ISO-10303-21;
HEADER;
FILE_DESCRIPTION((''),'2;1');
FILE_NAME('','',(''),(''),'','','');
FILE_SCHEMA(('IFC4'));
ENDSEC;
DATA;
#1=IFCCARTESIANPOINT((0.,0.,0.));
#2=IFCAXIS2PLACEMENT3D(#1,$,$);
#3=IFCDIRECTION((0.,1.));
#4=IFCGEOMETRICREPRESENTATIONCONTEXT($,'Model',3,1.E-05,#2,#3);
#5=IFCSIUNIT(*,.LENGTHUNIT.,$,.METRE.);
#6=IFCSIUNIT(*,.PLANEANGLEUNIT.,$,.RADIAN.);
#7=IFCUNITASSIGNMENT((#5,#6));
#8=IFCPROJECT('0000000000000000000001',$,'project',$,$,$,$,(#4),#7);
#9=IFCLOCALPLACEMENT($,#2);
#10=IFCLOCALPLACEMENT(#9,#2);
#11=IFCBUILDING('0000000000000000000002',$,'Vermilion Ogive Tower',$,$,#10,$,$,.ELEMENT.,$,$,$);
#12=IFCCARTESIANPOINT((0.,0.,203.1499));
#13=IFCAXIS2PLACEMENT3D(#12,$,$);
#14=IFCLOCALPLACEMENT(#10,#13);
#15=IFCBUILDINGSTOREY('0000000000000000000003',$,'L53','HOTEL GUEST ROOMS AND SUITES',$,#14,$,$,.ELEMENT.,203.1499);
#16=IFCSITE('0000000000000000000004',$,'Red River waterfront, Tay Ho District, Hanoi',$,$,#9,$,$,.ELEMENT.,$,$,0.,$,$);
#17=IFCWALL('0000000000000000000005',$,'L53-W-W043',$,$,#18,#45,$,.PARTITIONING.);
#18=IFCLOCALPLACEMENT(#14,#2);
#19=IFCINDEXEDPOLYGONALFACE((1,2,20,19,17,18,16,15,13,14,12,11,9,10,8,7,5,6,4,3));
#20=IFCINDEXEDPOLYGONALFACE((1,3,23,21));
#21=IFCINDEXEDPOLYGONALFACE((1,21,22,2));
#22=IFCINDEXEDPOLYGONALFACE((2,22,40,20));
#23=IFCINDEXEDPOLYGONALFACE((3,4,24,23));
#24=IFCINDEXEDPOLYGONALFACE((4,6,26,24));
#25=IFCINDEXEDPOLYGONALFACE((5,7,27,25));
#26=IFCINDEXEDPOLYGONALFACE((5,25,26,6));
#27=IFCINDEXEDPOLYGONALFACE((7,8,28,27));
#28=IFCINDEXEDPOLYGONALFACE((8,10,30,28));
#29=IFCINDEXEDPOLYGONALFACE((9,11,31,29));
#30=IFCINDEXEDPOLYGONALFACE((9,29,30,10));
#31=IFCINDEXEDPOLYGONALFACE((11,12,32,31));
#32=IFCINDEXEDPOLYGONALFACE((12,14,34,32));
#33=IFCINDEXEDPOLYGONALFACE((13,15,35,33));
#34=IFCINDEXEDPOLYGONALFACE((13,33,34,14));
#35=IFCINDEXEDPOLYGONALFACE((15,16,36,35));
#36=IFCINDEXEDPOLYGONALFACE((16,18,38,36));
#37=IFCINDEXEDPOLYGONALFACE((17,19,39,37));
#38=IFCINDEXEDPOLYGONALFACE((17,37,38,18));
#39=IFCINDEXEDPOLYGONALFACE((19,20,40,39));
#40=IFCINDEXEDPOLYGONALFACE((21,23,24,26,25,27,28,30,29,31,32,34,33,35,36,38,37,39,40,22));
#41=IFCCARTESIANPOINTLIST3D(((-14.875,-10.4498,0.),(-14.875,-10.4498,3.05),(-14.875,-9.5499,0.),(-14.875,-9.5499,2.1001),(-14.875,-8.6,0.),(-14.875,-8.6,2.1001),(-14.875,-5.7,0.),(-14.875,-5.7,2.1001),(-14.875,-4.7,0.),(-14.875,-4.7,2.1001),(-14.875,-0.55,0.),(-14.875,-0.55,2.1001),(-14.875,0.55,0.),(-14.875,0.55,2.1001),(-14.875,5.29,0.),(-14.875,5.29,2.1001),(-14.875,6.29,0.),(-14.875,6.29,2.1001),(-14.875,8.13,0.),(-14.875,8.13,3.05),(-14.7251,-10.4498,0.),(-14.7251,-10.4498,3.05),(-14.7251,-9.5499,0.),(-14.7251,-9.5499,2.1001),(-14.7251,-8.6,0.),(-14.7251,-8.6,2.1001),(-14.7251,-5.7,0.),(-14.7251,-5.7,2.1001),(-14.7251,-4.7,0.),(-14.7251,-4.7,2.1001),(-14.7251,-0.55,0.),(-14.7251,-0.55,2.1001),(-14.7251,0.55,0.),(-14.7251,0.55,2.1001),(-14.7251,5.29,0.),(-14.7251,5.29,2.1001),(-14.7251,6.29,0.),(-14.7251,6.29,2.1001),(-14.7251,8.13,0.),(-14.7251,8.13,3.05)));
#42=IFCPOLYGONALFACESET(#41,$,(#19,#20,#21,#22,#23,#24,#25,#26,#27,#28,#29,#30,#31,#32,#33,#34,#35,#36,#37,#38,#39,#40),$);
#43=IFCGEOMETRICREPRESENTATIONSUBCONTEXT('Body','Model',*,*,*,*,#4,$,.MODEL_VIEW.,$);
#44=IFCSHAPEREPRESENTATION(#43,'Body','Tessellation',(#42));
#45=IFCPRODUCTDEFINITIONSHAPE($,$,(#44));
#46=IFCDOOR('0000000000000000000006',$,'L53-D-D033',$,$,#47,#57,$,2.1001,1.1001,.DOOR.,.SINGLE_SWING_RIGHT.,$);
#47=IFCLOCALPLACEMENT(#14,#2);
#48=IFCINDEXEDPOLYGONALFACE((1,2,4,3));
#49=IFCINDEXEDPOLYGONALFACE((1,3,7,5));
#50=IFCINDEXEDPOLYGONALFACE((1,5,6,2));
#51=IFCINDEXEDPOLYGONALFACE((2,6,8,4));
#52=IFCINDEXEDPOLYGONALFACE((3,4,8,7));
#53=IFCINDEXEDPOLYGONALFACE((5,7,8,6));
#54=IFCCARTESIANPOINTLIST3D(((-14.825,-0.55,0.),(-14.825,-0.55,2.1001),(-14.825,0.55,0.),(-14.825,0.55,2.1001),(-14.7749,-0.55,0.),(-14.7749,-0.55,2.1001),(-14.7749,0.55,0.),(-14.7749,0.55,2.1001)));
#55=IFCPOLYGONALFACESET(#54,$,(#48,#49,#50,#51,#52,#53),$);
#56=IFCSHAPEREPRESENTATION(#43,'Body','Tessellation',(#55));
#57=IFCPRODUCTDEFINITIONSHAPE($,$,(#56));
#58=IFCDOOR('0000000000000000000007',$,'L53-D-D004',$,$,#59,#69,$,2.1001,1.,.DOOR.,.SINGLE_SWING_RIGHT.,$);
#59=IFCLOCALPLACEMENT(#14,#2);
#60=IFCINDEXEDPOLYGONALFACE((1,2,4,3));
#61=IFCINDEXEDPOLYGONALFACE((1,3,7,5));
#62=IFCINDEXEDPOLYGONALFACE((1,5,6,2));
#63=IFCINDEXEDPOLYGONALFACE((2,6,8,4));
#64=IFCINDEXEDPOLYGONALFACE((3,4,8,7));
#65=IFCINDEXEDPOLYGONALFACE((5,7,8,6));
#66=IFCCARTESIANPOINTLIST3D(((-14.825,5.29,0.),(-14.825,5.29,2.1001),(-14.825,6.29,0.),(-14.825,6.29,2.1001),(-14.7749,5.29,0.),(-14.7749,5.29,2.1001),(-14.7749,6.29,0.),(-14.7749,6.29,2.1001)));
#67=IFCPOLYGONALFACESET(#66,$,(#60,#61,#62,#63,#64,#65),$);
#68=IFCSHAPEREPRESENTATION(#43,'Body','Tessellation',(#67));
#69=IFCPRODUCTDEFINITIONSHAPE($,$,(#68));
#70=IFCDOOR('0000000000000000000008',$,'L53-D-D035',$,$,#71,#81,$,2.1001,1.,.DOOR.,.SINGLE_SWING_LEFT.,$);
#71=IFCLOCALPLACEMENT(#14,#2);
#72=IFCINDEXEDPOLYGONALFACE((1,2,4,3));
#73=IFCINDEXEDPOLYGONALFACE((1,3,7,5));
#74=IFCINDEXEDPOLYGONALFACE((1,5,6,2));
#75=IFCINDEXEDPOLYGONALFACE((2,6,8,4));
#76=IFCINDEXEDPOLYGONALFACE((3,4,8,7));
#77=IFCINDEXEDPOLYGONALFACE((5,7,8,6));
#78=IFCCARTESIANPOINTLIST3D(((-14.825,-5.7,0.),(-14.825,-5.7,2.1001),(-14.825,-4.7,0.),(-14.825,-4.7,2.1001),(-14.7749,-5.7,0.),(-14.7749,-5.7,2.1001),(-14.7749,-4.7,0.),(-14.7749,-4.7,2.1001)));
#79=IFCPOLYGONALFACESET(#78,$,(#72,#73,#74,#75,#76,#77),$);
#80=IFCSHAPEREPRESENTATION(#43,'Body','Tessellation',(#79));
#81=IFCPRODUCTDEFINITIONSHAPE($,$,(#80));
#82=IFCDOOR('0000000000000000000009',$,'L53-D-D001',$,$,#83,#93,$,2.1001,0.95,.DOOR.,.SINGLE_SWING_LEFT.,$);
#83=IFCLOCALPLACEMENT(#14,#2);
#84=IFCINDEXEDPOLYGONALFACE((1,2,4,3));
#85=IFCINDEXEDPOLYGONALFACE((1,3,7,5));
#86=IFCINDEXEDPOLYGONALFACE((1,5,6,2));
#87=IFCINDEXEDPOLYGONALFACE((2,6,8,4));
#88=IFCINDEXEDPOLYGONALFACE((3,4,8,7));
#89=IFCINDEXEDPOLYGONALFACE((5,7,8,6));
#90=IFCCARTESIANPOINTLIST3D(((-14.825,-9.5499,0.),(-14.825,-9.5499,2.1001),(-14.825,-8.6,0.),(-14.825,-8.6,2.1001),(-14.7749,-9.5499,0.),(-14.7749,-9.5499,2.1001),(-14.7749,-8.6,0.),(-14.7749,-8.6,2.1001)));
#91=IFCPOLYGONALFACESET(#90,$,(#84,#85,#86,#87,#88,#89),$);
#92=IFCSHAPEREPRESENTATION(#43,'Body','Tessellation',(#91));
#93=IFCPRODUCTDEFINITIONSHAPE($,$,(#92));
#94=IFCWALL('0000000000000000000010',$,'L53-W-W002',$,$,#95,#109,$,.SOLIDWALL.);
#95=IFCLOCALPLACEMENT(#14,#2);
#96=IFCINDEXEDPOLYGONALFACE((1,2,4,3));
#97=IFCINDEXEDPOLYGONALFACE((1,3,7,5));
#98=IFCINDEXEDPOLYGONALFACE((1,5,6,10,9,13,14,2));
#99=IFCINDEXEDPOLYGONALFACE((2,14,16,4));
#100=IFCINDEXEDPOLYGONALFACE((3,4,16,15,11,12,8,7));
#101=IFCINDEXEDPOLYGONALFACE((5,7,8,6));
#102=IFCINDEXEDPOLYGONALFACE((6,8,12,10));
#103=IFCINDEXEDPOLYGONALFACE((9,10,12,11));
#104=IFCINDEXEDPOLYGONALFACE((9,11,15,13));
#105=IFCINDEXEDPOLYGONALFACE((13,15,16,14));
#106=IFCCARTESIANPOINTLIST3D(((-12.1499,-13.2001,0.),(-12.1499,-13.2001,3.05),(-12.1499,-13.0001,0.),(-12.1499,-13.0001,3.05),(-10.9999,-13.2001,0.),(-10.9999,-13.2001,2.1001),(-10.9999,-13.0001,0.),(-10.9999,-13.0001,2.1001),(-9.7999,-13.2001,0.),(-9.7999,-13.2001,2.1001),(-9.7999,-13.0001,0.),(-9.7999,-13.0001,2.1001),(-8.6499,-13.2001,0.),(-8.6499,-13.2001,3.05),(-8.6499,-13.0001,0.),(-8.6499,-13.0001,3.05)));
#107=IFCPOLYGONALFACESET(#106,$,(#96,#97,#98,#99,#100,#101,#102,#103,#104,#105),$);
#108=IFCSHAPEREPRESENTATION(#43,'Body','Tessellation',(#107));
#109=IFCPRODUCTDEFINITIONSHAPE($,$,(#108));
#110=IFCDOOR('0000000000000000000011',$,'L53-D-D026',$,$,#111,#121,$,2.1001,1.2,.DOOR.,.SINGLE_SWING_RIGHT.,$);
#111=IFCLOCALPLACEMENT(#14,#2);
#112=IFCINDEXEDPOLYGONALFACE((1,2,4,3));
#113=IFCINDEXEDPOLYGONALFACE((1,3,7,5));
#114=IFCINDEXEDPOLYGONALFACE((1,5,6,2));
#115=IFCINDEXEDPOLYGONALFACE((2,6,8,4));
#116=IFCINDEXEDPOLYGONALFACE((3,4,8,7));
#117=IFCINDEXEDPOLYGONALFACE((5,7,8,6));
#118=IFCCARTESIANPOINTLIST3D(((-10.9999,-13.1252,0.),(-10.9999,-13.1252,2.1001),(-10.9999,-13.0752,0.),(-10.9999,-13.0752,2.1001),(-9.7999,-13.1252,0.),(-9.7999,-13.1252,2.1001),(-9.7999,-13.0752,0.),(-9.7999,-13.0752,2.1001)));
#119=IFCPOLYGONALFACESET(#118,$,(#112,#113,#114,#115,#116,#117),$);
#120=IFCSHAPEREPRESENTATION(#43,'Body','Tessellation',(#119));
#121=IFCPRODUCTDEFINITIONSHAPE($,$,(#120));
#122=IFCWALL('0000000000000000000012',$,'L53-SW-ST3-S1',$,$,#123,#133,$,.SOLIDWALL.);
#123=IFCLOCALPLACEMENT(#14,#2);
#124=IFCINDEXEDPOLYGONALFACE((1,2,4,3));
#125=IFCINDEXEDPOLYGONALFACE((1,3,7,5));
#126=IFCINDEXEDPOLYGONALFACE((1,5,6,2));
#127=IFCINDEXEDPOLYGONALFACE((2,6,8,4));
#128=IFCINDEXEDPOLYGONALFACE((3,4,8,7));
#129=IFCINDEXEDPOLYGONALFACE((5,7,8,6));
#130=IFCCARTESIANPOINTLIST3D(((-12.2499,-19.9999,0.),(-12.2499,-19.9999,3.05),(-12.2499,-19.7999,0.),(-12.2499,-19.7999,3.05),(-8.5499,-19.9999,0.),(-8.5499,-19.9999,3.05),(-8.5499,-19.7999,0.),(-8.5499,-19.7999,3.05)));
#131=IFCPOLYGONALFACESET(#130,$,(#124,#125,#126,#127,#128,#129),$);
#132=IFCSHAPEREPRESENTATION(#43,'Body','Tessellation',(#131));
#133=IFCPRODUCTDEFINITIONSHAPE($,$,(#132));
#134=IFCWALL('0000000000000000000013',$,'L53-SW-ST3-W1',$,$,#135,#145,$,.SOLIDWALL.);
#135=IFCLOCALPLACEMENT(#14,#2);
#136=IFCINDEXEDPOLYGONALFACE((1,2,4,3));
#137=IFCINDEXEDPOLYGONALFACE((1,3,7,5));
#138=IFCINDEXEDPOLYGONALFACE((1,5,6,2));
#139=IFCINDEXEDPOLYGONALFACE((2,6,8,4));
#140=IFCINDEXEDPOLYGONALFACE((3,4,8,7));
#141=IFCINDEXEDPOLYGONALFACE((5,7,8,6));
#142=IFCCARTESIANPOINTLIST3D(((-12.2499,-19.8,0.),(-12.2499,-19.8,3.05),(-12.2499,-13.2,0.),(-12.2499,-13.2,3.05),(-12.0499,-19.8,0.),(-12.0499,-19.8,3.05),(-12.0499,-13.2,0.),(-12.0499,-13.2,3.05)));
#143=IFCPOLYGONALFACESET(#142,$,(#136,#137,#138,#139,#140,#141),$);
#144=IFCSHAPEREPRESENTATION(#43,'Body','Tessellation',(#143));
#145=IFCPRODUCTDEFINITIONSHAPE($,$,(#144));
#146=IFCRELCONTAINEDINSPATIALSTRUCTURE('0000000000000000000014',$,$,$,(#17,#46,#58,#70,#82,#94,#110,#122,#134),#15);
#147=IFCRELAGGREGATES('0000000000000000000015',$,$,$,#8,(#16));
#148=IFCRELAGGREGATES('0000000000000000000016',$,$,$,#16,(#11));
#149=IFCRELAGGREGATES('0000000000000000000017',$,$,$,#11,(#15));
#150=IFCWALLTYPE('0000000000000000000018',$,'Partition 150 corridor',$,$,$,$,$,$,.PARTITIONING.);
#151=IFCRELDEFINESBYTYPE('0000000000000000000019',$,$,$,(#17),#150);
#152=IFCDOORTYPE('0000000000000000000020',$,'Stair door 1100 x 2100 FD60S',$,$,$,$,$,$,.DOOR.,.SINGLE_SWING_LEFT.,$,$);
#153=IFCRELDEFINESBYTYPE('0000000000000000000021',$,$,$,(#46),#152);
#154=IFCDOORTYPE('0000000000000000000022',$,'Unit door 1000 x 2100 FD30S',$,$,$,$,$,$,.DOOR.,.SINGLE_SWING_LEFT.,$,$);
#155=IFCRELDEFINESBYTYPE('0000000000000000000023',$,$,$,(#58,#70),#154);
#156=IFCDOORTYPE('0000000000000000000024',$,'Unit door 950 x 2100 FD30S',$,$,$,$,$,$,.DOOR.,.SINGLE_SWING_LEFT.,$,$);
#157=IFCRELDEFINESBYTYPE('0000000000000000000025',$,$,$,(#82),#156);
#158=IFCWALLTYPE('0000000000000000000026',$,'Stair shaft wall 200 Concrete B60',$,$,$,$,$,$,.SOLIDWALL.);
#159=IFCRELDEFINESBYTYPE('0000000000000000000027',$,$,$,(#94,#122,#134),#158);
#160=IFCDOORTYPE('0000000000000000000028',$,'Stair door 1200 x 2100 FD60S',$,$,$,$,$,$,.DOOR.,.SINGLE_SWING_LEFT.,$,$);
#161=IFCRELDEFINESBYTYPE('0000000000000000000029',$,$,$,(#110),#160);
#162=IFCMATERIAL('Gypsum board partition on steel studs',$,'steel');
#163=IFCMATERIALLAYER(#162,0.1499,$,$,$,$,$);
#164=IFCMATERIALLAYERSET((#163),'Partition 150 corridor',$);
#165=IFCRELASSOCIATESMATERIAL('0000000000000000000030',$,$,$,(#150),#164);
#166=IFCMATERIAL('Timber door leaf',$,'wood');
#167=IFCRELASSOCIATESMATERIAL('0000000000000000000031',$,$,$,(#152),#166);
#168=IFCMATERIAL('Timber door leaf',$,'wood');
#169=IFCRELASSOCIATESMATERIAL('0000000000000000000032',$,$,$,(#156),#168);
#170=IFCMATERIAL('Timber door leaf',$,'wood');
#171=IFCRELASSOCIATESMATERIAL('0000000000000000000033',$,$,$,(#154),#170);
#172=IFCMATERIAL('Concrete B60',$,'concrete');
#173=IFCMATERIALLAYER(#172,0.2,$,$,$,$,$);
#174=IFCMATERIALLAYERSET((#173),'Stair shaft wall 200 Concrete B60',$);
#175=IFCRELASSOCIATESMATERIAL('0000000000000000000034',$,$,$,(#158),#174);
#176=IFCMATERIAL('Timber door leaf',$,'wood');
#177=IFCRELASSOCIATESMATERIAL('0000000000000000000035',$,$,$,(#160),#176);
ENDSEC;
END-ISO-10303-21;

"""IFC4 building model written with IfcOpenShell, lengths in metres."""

from ifc_helpers import new_model, si_unit, direction, frame, frame_2d, origin, place, context, subcontext, project, spatial, rectangle, extrude, material, layer, layer_set, type_object, element, fill, save


model = new_model("IFC4")

# Units and contexts
model_context = context("Model", 3, precision=1e-05, world=origin(), true_north=direction((0.0, 1.0)))
body_context = subcontext(model_context, "Body", "Model", "MODEL_VIEW")
ifc_project = project(units=[si_unit("LENGTHUNIT", "METRE"), si_unit("PLANEANGLEUNIT", "RADIAN")], contexts=[model_context])

# Site, building, storey
site_placement = place(None, origin())
site = spatial("IfcSite", under=ifc_project, at=site_placement, Name="Red River waterfront, Tay Ho District, Hanoi", CompositionType="ELEMENT", RefElevation=0.0)
building_placement = place(site_placement, origin())
building = spatial("IfcBuilding", under=site, at=building_placement, Name="Vermilion Ogive Tower", CompositionType="ELEMENT")
storey_placement = place(building_placement, frame((0.0, 0.0, 203.1499)))
storey = spatial("IfcBuildingStorey", under=building, at=storey_placement, Name="L53", Description="HOTEL GUEST ROOMS AND SUITES", CompositionType="ELEMENT", Elevation=203.1499)

# Wall, openings, doors
ifc_material_1 = material(Name="Gypsum board partition on steel studs", Category="steel")
ifc_layer_1 = layer(ifc_material_1, 0.1499)
ifc_layer_set_1 = layer_set([ifc_layer_1], Name="Partition 150 corridor")
wall_type_1 = type_object("IfcWallType", Name="Partition 150 corridor", PredefinedType="PARTITIONING", material=ifc_layer_set_1)
ifc_material_2 = material(Name="Timber door leaf", Category="wood")
door_type_1 = type_object("IfcDoorType", Name="Stair door 1100 x 2100 FD60S", OperationType="SINGLE_SWING_LEFT", PredefinedType="DOOR", material=ifc_material_2)
ifc_material_3 = material(Name="Timber door leaf", Category="wood")
door_type_2 = type_object("IfcDoorType", Name="Unit door 950 x 2100 FD30S", OperationType="SINGLE_SWING_LEFT", PredefinedType="DOOR", material=ifc_material_3)
wall_1_placement = place(storey_placement, frame((-14.8, -10.45, 0.0), z_axis=(0.0, 0.0, 1.0), x_axis=(0.0, 1.0, 0.0)))
wall_1 = element("IfcWall", 1, at=wall_1_placement, inside=storey, type_object=wall_type_1, Name="L53-W-W043", PredefinedType="PARTITIONING", context=body_context, shape_type="SweptSolid", body=[
    extrude(rectangle(XDim=18.5798, YDim=0.1499, at=frame_2d((9.29, 0.0))), origin(), (0.0, 0.0, 1.0), 3.05),
])
opening_1_placement = place(wall_1_placement, frame((0.8999, 0.0, 0.0)))
opening_1 = element("IfcOpeningElement", 2, at=opening_1_placement, cuts=wall_1, PredefinedType="OPENING", context=body_context, shape_type="SweptSolid", body=[
    extrude(rectangle(XDim=0.95, YDim=2.1001, at=frame_2d((0.4751, 1.05))), frame((0.0, 0.085, 0.0), z_axis=(0.0, -1.0, 0.0), x_axis=(1.0, 0.0, 0.0)), (0.0, 0.0, 1.0), 0.1699),
])
opening_2_placement = place(wall_1_placement, frame((15.74, 0.0, 0.0)))
opening_2 = element("IfcOpeningElement", 3, at=opening_2_placement, cuts=wall_1, PredefinedType="OPENING", context=body_context, shape_type="SweptSolid", body=[
    extrude(rectangle(XDim=1.0, YDim=2.1001, at=frame_2d((0.5, 1.05))), frame((0.0, 0.085, 0.0), z_axis=(0.0, -1.0, 0.0), x_axis=(1.0, 0.0, 0.0)), (0.0, 0.0, 1.0), 0.1699),
])
opening_3_placement = place(wall_1_placement, frame((9.8999, 0.0, 0.0)))
opening_3 = element("IfcOpeningElement", 4, at=opening_3_placement, cuts=wall_1, PredefinedType="OPENING", context=body_context, shape_type="SweptSolid", body=[
    extrude(rectangle(XDim=1.1001, YDim=2.1001, at=frame_2d((0.55, 1.05))), frame((0.0, 0.085, 0.0), z_axis=(0.0, -1.0, 0.0), x_axis=(1.0, 0.0, 0.0)), (0.0, 0.0, 1.0), 0.1699),
])
opening_4_placement = place(wall_1_placement, frame((4.75, 0.0, 0.0)))
opening_4 = element("IfcOpeningElement", 5, at=opening_4_placement, cuts=wall_1, PredefinedType="OPENING", context=body_context, shape_type="SweptSolid", body=[
    extrude(rectangle(XDim=1.0, YDim=2.1001, at=frame_2d((0.5, 1.05))), frame((0.0, 0.085, 0.0), z_axis=(0.0, -1.0, 0.0), x_axis=(1.0, 0.0, 0.0)), (0.0, 0.0, 1.0), 0.1699),
])
door_1_placement = place(opening_3_placement, origin())
door_1 = element("IfcDoor", 6, at=door_1_placement, inside=storey, type_object=door_type_1, Name="L53-D-D033", OperationType="SINGLE_SWING_RIGHT", OverallHeight=2.1001, OverallWidth=1.1001, PredefinedType="DOOR", context=body_context, shape_type="SweptSolid", body=[
    extrude(rectangle(XDim=1.1001, YDim=2.1001, at=frame_2d((0.55, 1.05))), frame((0.0, 0.0249, 0.0), z_axis=(0.0, -1.0, 0.0), x_axis=(1.0, 0.0, 0.0)), (0.0, 0.0, 1.0), 0.05),
])
fill(opening_3, door_1)
ifc_material_4 = material(Name="Timber door leaf", Category="wood")
door_type_3 = type_object("IfcDoorType", Name="Unit door 1000 x 2100 FD30S", OperationType="SINGLE_SWING_LEFT", PredefinedType="DOOR", material=ifc_material_4)
door_2_placement = place(opening_2_placement, origin())
door_2 = element("IfcDoor", 7, at=door_2_placement, inside=storey, type_object=door_type_3, Name="L53-D-D004", OperationType="SINGLE_SWING_RIGHT", OverallHeight=2.1001, OverallWidth=1.0, PredefinedType="DOOR", context=body_context, shape_type="SweptSolid", body=[
    extrude(rectangle(XDim=1.0, YDim=2.1001, at=frame_2d((0.5, 1.05))), frame((0.0, 0.0249, 0.0), z_axis=(0.0, -1.0, 0.0), x_axis=(1.0, 0.0, 0.0)), (0.0, 0.0, 1.0), 0.05),
])
fill(opening_2, door_2)
door_3_placement = place(opening_4_placement, origin())
door_3 = element("IfcDoor", 8, at=door_3_placement, inside=storey, type_object=door_type_3, Name="L53-D-D035", OperationType="SINGLE_SWING_LEFT", OverallHeight=2.1001, OverallWidth=1.0, PredefinedType="DOOR", context=body_context, shape_type="SweptSolid", body=[
    extrude(rectangle(XDim=1.0, YDim=2.1001, at=frame_2d((0.5, 1.05))), frame((0.0, 0.0249, 0.0), z_axis=(0.0, -1.0, 0.0), x_axis=(1.0, 0.0, 0.0)), (0.0, 0.0, 1.0), 0.05),
])
fill(opening_4, door_3)
door_4_placement = place(opening_1_placement, origin())
door_4 = element("IfcDoor", 9, at=door_4_placement, inside=storey, type_object=door_type_2, Name="L53-D-D001", OperationType="SINGLE_SWING_LEFT", OverallHeight=2.1001, OverallWidth=0.95, PredefinedType="DOOR", context=body_context, shape_type="SweptSolid", body=[
    extrude(rectangle(XDim=0.95, YDim=2.1001, at=frame_2d((0.4751, 1.05))), frame((0.0, 0.0249, 0.0), z_axis=(0.0, -1.0, 0.0), x_axis=(1.0, 0.0, 0.0)), (0.0, 0.0, 1.0), 0.05),
])
fill(opening_1, door_4)

# Wall, opening, door
ifc_material_5 = material(Name="Concrete B60", Category="concrete")
ifc_layer_2 = layer(ifc_material_5, 0.2)
ifc_layer_set_2 = layer_set([ifc_layer_2], Name="Stair shaft wall 200 Concrete B60")
wall_type_2 = type_object("IfcWallType", Name="Stair shaft wall 200 Concrete B60", PredefinedType="SOLIDWALL", material=ifc_layer_set_2)
wall_2_placement = place(storey_placement, frame((-12.1499, -13.1001, 0.0), z_axis=(0.0, 0.0, 1.0), x_axis=(1.0, 0.0, 0.0)))
wall_2 = element("IfcWall", 10, at=wall_2_placement, inside=storey, type_object=wall_type_2, Name="L53-W-W002", PredefinedType="SOLIDWALL", context=body_context, shape_type="SweptSolid", body=[
    extrude(rectangle(XDim=3.5, YDim=0.2, at=frame_2d((1.75, 0.0))), origin(), (0.0, 0.0, 1.0), 3.05),
])
opening_5_placement = place(wall_2_placement, frame((1.1499, 0.0, 0.0)))
opening_5 = element("IfcOpeningElement", 11, at=opening_5_placement, cuts=wall_2, PredefinedType="OPENING", context=body_context, shape_type="SweptSolid", body=[
    extrude(rectangle(XDim=1.2, YDim=2.1001, at=frame_2d((0.6001, 1.05))), frame((0.0, 0.1099, 0.0), z_axis=(0.0, -1.0, 0.0), x_axis=(1.0, 0.0, 0.0)), (0.0, 0.0, 1.0), 0.22),
])
ifc_material_6 = material(Name="Timber door leaf", Category="wood")
door_type_4 = type_object("IfcDoorType", Name="Stair door 1200 x 2100 FD60S", OperationType="SINGLE_SWING_LEFT", PredefinedType="DOOR", material=ifc_material_6)
door_5_placement = place(opening_5_placement, origin())
door_5 = element("IfcDoor", 12, at=door_5_placement, inside=storey, type_object=door_type_4, Name="L53-D-D026", OperationType="SINGLE_SWING_RIGHT", OverallHeight=2.1001, OverallWidth=1.2, PredefinedType="DOOR", context=body_context, shape_type="SweptSolid", body=[
    extrude(rectangle(XDim=1.2, YDim=2.1001, at=frame_2d((0.6001, 1.05))), frame((0.0, 0.0249, 0.0), z_axis=(0.0, -1.0, 0.0), x_axis=(1.0, 0.0, 0.0)), (0.0, 0.0, 1.0), 0.05),
])
fill(opening_5, door_5)

# Walls
wall_3_placement = place(storey_placement, frame((-12.25, -19.8999, 0.0), z_axis=(0.0, 0.0, 1.0), x_axis=(1.0, 0.0, 0.0)))
element("IfcWall", 13, at=wall_3_placement, inside=storey, type_object=wall_type_2, Name="L53-SW-ST3-S1", PredefinedType="SOLIDWALL", context=body_context, shape_type="SweptSolid", body=[
    extrude(rectangle(XDim=3.7, YDim=0.2, at=frame_2d((1.8501, 0.0))), origin(), (0.0, 0.0, 1.0), 3.05),
])
wall_4_placement = place(storey_placement, frame((-12.1499, -19.8, 0.0), z_axis=(0.0, 0.0, 1.0), x_axis=(0.0, 1.0, 0.0)))
element("IfcWall", 14, at=wall_4_placement, inside=storey, type_object=wall_type_2, Name="L53-SW-ST3-W1", PredefinedType="SOLIDWALL", context=body_context, shape_type="SweptSolid", body=[
    extrude(rectangle(XDim=6.6001, YDim=0.2, at=frame_2d((3.3, 0.0))), origin(), (0.0, 0.0, 1.0), 3.05),
])

save(model, "model.ifc")
